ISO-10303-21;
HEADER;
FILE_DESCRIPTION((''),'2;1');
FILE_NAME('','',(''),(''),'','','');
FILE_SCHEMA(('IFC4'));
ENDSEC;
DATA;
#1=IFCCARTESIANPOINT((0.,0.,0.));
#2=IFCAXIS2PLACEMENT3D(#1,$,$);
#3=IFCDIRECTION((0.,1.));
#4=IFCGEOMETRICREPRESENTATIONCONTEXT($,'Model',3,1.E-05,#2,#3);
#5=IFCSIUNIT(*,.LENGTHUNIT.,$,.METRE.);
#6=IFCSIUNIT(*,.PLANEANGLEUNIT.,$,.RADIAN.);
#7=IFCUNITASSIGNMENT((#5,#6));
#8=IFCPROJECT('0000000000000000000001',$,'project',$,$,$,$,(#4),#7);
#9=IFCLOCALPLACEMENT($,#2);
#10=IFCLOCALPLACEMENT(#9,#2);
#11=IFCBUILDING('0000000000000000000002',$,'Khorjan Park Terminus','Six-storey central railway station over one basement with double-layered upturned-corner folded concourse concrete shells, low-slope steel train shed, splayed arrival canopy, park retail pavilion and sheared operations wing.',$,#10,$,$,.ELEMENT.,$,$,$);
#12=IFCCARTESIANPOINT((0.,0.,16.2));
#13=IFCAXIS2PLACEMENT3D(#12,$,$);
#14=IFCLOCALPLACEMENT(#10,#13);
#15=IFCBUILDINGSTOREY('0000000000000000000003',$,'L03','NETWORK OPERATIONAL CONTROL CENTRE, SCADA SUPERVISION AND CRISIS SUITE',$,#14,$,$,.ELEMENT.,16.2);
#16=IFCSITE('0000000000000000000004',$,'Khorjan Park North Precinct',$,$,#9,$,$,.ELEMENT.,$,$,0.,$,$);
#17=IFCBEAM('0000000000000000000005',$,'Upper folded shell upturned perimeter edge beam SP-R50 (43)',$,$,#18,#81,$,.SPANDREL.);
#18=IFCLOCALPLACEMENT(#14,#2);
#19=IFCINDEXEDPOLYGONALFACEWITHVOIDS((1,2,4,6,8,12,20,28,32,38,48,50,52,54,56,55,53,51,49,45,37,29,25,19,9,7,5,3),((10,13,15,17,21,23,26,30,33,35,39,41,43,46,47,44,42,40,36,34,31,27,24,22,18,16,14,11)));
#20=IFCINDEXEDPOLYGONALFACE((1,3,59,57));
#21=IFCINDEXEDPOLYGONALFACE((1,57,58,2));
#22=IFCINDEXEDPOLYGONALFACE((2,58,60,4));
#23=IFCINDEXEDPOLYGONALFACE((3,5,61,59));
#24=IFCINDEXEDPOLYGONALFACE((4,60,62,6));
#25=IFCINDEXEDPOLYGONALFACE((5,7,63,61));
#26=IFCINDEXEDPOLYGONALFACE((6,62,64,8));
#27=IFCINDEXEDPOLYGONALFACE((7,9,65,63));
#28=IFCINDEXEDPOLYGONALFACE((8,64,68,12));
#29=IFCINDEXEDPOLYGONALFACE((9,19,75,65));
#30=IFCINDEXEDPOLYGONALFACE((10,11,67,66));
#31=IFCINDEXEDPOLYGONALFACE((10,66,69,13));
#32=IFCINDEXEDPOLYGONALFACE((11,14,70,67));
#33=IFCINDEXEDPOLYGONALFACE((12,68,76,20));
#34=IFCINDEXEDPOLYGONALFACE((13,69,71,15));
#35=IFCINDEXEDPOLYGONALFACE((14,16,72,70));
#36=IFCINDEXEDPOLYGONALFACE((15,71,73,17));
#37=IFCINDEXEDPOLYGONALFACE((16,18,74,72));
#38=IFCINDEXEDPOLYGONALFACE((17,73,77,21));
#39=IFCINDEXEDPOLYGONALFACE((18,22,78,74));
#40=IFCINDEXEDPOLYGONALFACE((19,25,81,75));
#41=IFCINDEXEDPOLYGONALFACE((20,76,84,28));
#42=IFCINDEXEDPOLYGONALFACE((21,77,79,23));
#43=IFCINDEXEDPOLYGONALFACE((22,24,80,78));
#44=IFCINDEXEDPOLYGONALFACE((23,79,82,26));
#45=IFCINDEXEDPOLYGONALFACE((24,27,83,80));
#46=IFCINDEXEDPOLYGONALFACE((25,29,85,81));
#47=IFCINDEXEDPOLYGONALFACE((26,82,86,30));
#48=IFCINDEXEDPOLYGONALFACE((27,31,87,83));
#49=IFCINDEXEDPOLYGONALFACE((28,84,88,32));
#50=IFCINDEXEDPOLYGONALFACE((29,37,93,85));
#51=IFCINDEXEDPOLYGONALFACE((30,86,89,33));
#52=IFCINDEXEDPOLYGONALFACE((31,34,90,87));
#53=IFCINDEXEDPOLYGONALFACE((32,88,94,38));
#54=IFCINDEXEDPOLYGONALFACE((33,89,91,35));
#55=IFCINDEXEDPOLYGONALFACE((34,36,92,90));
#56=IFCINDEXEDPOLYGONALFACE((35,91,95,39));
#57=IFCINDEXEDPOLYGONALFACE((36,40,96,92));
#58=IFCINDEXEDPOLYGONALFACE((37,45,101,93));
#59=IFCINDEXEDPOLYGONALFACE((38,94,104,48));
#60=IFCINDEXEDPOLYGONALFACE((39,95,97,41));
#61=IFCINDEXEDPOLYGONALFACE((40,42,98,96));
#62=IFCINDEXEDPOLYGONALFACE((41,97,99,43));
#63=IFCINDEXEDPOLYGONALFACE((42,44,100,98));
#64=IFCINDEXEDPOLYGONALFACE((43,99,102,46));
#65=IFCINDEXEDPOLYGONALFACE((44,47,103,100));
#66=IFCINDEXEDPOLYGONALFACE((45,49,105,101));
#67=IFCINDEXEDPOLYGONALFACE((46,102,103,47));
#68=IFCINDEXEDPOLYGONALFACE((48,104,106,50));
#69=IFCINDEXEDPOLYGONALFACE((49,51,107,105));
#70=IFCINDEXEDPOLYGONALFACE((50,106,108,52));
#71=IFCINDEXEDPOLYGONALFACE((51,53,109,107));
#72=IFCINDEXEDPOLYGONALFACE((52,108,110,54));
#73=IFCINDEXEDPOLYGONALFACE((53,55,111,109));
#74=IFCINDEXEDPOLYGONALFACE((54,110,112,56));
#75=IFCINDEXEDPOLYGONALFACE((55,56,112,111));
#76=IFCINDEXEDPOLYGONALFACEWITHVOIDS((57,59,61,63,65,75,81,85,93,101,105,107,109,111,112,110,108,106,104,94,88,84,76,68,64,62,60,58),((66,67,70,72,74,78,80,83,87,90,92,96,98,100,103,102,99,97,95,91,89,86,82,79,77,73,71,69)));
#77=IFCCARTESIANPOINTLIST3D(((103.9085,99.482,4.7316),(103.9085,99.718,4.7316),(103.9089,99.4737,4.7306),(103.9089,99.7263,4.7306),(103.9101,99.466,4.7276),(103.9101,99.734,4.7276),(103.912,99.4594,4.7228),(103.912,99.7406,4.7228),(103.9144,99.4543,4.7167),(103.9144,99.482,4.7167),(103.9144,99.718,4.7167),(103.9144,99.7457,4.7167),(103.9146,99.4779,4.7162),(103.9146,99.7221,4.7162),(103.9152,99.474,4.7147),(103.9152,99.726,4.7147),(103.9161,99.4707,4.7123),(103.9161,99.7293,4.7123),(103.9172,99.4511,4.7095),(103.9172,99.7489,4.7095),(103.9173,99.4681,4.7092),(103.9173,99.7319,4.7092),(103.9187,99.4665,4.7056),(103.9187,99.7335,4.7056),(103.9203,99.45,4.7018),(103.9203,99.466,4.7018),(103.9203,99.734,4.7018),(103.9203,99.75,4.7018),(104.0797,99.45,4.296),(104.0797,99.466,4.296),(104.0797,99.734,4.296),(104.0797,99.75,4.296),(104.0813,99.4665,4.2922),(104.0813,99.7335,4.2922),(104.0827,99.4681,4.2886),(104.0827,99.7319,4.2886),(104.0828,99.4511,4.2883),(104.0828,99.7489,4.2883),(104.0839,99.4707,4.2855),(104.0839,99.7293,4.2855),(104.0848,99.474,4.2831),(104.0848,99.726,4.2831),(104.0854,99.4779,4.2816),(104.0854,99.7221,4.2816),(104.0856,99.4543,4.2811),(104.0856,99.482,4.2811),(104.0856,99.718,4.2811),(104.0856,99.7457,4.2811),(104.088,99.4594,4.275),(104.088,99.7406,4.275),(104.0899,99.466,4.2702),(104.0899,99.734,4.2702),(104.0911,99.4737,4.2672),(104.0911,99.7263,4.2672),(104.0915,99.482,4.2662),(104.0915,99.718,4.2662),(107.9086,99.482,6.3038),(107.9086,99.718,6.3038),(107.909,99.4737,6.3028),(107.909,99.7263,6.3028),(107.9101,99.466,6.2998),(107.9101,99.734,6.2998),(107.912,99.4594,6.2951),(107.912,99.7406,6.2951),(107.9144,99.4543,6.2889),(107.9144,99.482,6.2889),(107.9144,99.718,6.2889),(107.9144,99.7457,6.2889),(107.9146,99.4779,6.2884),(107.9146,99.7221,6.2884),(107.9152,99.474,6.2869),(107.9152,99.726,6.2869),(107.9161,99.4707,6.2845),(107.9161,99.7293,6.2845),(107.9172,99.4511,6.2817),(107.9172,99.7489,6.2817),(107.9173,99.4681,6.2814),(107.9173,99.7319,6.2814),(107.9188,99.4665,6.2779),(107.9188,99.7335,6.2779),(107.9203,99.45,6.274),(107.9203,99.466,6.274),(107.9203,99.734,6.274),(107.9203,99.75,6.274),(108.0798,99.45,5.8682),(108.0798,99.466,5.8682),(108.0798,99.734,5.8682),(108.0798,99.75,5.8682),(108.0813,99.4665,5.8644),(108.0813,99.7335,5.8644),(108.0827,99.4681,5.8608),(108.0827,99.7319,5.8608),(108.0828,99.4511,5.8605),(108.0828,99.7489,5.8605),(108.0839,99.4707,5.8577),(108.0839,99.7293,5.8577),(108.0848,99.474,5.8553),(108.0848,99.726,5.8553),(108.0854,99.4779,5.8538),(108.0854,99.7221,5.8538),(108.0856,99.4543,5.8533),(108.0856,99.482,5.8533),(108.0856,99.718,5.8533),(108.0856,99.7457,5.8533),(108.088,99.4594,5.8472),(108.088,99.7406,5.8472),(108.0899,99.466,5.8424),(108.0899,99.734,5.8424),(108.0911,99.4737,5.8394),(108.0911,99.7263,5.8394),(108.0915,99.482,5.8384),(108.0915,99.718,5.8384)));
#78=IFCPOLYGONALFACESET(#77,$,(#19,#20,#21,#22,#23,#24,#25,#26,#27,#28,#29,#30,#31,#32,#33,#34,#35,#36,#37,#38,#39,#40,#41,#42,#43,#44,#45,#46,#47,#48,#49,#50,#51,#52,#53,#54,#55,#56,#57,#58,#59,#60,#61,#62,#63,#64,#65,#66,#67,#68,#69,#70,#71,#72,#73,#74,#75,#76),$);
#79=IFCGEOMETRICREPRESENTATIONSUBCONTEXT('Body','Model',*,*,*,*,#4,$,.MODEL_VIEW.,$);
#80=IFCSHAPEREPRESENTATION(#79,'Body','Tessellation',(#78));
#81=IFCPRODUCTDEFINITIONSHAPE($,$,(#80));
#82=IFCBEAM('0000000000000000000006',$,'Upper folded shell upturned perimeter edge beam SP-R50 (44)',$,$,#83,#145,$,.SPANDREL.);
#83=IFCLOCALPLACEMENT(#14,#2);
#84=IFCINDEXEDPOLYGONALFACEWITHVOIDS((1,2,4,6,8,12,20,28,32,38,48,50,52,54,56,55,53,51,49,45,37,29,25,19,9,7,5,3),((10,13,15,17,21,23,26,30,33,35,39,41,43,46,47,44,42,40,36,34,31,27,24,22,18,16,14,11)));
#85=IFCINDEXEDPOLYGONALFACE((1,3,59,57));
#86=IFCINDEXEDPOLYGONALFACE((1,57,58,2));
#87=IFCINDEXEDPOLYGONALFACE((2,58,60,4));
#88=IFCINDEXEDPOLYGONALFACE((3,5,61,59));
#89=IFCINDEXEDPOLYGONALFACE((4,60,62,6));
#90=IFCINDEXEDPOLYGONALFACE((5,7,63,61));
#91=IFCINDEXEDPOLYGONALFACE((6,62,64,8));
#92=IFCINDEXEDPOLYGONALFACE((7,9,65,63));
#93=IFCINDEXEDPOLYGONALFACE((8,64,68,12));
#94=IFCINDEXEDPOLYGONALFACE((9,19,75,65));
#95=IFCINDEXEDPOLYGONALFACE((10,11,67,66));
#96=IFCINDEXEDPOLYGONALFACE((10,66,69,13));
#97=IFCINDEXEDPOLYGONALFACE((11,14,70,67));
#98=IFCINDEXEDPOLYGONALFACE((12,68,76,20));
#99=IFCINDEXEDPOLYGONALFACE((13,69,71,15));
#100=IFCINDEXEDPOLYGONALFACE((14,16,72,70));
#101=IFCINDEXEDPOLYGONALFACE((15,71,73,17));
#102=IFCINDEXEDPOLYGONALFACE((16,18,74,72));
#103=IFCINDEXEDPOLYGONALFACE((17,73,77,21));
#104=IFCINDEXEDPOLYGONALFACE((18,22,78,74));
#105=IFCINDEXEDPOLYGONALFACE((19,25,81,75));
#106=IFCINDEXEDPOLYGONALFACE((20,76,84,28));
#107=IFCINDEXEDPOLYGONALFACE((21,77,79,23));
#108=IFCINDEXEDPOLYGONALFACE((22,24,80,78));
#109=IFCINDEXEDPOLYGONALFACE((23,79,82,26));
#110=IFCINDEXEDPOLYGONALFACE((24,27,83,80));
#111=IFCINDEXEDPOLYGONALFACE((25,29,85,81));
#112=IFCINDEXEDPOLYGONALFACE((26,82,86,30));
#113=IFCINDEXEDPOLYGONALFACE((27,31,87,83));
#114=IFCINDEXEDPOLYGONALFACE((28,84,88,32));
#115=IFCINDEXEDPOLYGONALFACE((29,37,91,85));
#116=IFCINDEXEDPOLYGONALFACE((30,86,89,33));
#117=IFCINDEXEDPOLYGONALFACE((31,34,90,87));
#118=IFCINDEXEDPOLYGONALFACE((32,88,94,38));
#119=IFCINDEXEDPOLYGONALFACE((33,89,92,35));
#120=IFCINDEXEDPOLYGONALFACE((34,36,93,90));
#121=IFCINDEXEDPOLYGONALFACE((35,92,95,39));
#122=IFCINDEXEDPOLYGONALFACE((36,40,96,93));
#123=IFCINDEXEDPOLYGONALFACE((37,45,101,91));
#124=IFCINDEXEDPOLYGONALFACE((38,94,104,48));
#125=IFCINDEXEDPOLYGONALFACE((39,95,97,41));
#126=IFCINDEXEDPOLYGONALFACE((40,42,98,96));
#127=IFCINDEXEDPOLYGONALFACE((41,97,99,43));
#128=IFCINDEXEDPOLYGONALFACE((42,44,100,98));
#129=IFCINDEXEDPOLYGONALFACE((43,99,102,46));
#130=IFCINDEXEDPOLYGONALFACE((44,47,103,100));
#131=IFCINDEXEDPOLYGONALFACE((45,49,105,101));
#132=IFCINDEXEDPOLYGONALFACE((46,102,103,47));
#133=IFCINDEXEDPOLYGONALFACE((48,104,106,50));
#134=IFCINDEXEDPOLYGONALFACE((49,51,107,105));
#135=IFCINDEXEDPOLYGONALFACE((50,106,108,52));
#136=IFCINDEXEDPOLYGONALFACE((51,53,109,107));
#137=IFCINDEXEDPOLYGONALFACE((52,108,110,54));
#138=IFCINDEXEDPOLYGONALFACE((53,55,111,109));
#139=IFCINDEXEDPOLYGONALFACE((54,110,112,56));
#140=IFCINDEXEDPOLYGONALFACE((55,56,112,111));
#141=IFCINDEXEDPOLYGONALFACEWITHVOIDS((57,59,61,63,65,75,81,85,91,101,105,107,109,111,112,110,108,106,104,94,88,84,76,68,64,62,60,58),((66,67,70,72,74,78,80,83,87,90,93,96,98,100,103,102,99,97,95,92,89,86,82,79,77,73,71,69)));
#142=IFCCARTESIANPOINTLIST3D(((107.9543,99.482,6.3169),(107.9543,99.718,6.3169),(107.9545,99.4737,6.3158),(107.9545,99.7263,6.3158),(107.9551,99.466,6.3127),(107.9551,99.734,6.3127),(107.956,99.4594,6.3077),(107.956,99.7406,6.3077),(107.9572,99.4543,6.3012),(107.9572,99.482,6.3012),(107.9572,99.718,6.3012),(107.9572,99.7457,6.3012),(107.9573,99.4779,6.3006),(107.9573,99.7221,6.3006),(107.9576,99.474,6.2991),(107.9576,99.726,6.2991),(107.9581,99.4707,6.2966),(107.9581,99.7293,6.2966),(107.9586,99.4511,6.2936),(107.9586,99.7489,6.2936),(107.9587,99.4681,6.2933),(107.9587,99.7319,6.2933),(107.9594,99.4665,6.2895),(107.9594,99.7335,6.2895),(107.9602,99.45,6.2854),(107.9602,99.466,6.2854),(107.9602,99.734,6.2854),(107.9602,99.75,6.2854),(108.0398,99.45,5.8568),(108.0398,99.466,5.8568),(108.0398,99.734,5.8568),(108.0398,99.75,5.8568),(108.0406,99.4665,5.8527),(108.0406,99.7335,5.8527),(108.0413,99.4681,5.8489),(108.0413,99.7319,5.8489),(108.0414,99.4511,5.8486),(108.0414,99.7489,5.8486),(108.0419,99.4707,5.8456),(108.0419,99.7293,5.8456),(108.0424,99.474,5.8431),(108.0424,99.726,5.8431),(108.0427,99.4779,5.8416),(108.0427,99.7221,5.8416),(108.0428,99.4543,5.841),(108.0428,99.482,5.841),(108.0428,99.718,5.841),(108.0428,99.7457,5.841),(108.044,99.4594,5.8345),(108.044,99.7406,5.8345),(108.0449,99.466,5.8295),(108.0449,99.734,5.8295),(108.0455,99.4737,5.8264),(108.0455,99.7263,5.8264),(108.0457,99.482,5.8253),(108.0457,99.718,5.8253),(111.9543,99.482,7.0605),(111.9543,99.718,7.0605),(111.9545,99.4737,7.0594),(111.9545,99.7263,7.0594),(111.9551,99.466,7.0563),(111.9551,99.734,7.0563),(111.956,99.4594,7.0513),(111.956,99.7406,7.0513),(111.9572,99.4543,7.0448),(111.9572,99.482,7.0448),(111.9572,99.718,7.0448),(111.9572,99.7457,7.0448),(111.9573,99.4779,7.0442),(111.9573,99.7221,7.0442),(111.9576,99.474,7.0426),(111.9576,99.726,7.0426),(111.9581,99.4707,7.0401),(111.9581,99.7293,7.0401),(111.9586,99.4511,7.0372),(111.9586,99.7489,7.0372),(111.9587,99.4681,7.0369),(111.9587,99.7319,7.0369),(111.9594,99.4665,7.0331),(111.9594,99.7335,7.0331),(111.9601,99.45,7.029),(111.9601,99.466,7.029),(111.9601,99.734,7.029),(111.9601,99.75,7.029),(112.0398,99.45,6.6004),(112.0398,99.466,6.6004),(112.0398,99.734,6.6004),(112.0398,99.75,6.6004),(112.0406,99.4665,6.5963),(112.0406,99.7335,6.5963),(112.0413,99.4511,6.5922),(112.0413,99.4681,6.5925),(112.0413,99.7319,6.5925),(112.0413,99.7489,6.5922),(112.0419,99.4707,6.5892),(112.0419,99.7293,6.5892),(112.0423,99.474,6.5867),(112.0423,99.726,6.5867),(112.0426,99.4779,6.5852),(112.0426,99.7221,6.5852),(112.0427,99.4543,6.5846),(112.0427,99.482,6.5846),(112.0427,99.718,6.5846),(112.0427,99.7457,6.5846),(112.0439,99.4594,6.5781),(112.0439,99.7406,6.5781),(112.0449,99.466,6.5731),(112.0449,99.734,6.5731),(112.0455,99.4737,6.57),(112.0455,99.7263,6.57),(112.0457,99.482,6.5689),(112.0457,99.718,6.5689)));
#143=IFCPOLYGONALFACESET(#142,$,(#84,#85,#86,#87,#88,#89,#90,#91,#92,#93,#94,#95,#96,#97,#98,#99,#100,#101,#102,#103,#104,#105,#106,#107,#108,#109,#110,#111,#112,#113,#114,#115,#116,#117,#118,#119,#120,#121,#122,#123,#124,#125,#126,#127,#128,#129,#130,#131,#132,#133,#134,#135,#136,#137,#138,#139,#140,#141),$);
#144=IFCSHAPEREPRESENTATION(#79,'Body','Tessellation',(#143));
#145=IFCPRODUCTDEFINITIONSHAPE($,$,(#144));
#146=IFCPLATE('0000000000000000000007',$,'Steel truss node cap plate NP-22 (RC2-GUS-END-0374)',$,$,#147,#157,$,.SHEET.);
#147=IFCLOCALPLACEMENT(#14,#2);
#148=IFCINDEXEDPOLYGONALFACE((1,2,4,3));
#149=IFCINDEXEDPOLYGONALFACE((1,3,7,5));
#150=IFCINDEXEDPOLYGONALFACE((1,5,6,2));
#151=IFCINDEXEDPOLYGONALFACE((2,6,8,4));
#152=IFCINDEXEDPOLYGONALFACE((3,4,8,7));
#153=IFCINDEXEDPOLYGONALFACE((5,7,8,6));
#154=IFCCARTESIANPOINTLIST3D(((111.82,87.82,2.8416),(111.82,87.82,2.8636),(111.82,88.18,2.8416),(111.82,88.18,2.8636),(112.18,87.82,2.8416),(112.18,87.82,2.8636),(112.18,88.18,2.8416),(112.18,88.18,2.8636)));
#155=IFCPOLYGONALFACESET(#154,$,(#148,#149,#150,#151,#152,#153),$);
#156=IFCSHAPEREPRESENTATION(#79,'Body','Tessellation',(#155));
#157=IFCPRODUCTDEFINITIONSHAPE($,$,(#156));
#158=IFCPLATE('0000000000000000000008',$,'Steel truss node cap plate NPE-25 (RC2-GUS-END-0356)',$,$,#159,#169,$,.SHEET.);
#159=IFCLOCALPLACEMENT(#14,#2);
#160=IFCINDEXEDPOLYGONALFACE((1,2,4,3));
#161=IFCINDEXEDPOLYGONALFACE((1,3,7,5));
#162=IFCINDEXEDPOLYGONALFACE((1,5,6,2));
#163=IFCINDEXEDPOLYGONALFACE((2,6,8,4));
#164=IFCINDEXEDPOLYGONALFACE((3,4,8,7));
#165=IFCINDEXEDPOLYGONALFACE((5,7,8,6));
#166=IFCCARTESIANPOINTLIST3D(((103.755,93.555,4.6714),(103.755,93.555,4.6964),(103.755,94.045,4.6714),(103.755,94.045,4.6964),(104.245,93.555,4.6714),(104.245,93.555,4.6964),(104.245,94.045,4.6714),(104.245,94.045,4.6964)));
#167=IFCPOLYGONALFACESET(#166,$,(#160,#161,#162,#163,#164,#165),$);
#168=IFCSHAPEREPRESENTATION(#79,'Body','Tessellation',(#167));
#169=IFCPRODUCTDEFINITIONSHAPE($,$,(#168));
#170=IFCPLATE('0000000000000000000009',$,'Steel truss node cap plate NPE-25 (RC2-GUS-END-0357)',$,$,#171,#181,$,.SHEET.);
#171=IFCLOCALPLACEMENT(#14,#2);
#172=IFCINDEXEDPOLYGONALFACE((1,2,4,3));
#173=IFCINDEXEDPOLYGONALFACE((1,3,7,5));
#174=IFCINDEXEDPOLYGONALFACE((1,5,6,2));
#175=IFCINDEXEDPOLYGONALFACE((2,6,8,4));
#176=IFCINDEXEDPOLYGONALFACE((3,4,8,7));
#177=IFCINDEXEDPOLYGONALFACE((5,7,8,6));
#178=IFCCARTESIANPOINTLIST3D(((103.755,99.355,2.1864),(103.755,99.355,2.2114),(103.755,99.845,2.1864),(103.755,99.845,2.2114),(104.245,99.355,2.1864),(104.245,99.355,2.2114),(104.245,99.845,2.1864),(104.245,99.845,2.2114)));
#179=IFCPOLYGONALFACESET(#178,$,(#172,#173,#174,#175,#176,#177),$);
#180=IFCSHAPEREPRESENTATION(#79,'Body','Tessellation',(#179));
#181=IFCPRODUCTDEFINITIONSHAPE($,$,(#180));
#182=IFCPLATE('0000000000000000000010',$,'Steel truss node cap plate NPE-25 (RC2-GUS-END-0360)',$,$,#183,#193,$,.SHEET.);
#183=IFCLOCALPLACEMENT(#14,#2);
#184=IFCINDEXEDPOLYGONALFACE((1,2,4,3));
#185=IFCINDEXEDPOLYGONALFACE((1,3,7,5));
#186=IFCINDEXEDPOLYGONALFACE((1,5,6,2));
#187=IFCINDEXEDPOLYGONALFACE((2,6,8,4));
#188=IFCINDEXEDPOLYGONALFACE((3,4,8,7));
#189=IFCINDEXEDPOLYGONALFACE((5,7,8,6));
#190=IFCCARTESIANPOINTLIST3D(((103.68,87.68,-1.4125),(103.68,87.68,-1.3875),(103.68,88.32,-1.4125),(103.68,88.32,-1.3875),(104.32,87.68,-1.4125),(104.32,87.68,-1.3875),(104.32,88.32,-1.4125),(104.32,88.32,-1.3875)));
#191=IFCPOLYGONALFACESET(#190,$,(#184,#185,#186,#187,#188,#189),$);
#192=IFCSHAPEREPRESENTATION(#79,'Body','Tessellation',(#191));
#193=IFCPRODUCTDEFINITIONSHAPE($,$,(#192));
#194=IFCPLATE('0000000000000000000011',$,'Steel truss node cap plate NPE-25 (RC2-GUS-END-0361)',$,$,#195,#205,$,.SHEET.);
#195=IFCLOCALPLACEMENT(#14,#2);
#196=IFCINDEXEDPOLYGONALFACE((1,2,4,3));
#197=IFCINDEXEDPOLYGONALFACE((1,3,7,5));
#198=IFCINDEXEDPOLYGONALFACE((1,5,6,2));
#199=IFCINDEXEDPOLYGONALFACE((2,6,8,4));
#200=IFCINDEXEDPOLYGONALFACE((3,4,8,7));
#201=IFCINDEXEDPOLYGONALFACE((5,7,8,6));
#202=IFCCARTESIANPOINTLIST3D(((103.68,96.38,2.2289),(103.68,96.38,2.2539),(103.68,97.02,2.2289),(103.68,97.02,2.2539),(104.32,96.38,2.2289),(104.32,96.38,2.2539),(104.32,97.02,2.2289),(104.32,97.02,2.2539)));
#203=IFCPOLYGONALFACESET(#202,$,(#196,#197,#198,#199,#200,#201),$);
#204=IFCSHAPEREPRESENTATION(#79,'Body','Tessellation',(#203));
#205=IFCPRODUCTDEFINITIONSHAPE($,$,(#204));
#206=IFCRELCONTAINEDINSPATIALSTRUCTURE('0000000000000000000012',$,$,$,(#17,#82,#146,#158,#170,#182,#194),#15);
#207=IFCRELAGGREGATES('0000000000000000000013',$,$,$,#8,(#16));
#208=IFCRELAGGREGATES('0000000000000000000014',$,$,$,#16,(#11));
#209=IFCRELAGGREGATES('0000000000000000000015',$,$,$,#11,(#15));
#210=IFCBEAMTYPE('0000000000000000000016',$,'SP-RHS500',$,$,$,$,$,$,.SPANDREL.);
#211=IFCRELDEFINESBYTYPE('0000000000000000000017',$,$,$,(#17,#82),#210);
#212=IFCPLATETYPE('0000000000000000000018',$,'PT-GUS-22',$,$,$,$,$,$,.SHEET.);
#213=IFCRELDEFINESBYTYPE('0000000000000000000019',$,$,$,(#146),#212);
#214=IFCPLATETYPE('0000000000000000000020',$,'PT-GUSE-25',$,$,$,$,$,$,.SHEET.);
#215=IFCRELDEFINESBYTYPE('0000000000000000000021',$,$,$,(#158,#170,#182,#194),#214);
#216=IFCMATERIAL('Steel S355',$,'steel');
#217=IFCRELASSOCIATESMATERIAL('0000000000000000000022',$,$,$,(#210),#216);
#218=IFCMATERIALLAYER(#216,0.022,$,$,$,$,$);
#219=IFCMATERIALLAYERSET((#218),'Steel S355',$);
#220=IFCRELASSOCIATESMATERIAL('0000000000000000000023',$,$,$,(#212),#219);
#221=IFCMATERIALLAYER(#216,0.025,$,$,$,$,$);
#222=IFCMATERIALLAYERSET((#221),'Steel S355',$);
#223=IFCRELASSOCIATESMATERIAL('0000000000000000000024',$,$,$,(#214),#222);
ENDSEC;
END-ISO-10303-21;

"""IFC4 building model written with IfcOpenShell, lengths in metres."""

from ifc_helpers import new_model, si_unit, direction, frame, origin, origin_2d, place, context, subcontext, project, spatial, rectangle, hollow_rectangle, extrude, material, layer, layer_set, material_profile, profile_set, type_object, element, save


model = new_model("IFC4")

# Units and contexts
model_context = context("Model", 3, precision=1e-05, world=origin(), true_north=direction((0.0, 1.0)))
body_context = subcontext(model_context, "Body", "Model", "MODEL_VIEW")
ifc_project = project(units=[si_unit("LENGTHUNIT", "METRE"), si_unit("PLANEANGLEUNIT", "RADIAN")], contexts=[model_context])

# Site, building, storey
site_placement = place(None, origin())
site = spatial("IfcSite", under=ifc_project, at=site_placement, Name="Khorjan Park North Precinct", CompositionType="ELEMENT", RefElevation=0.0)
building_placement = place(site_placement, origin())
building = spatial("IfcBuilding", under=site, at=building_placement, Name="Khorjan Park Terminus", Description="Six-storey central railway station over one basement with double-layered upturned-corner folded concourse concrete shells, low-slope steel train shed, splayed arrival canopy, park retail pavilion and sheared operations wing.", CompositionType="ELEMENT")
storey_placement = place(building_placement, frame((0.0, 0.0, 16.2)))
storey = spatial("IfcBuildingStorey", under=building, at=storey_placement, Name="L03", Description="NETWORK OPERATIONAL CONTROL CENTRE, SCADA SUPERVISION AND CRISIS SUITE", CompositionType="ELEMENT", Elevation=16.2)

# Shared definitions
ifc_material_1 = material(Name="Steel S355", Category="steel")

# Beams
ifc_material_profile_1 = material_profile(ifc_material_1, hollow_rectangle(XDim=0.3, YDim=0.5, WallThickness=0.016, InnerFilletRadius=0.016, OuterFilletRadius=0.032, at=origin_2d()), Name="RHS 500x300x16")
ifc_profile_set_1 = profile_set([ifc_material_profile_1], Name="Steel S355")
beam_type_1 = type_object("IfcBeamType", Name="SP-RHS500", PredefinedType="SPANDREL", material=ifc_profile_set_1)
beam_1_placement = place(storey_placement, frame((104.0, 99.6, 4.4989), z_axis=(0.93069, 0.0, 0.365808), x_axis=(0.0, 1.0, 0.0)))
element("IfcBeam", 1, at=beam_1_placement, inside=storey, type_object=beam_type_1, Name="Upper folded shell upturned perimeter edge beam SP-R50 (43)", PredefinedType="SPANDREL", context=body_context, shape_type="SweptSolid", body=[
    extrude(hollow_rectangle(XDim=0.3, YDim=0.5, WallThickness=0.016, InnerFilletRadius=0.016, OuterFilletRadius=0.032, at=origin_2d()), origin(), (0.0, 0.0, 1.0), 4.2979),
])
beam_2_placement = place(storey_placement, frame((108.0, 99.6, 6.0711), z_axis=(0.983156, 0.0, 0.182769), x_axis=(0.0, 1.0, 0.0)))
element("IfcBeam", 2, at=beam_2_placement, inside=storey, type_object=beam_type_1, Name="Upper folded shell upturned perimeter edge beam SP-R50 (44)", PredefinedType="SPANDREL", context=body_context, shape_type="SweptSolid", body=[
    extrude(hollow_rectangle(XDim=0.3, YDim=0.5, WallThickness=0.016, InnerFilletRadius=0.016, OuterFilletRadius=0.032, at=origin_2d()), origin(), (0.0, 0.0, 1.0), 4.0685),
])

# Plates
ifc_layer_1 = layer(ifc_material_1, 0.022)
ifc_layer_set_1 = layer_set([ifc_layer_1], Name="Steel S355")
plate_type_1 = type_object("IfcPlateType", Name="PT-GUS-22", PredefinedType="SHEET", material=ifc_layer_set_1)
plate_1_placement = place(storey_placement, frame((112.0, 88.0, 2.8416), z_axis=(0.0, 0.0, 1.0), x_axis=(1.0, 0.0, 0.0)))
element("IfcPlate", 3, at=plate_1_placement, inside=storey, type_object=plate_type_1, Name="Steel truss node cap plate NP-22 (RC2-GUS-END-0374)", PredefinedType="SHEET", context=body_context, shape_type="SweptSolid", body=[
    extrude(rectangle(XDim=0.36, YDim=0.36, at=origin_2d()), origin(), (0.0, 0.0, 1.0), 0.022),
])
ifc_layer_2 = layer(ifc_material_1, 0.025)
ifc_layer_set_2 = layer_set([ifc_layer_2], Name="Steel S355")
plate_type_2 = type_object("IfcPlateType", Name="PT-GUSE-25", PredefinedType="SHEET", material=ifc_layer_set_2)
for number, where, z_axis, x_axis, name in (
    (4, (104.0, 93.8, 4.6714), (0.0, 0.0, 1.0), (1.0, 0.0, 0.0), "Steel truss node cap plate NPE-25 (RC2-GUS-END-0356)"),
    (5, (104.0, 99.6, 2.1864), (0.0, 0.0, 1.0), (1.0, 0.0, 0.0), "Steel truss node cap plate NPE-25 (RC2-GUS-END-0357)"),
):
    element("IfcPlate", number, at=place(storey_placement, frame(where, z_axis=z_axis, x_axis=x_axis)), inside=storey, type_object=plate_type_2, Name=name, PredefinedType="SHEET", context=body_context, shape_type="SweptSolid", body=[
        extrude(rectangle(XDim=0.49, YDim=0.49, at=origin_2d()), origin(), (0.0, 0.0, 1.0), 0.025),
    ])
for number, where, z_axis, x_axis, name in (
    (6, (104.0, 88.0, -1.4125), (0.0, 0.0, 1.0), (1.0, 0.0, 0.0), "Steel truss node cap plate NPE-25 (RC2-GUS-END-0360)"),
    (7, (104.0, 96.7, 2.2289), (0.0, 0.0, 1.0), (1.0, 0.0, 0.0), "Steel truss node cap plate NPE-25 (RC2-GUS-END-0361)"),
):
    element("IfcPlate", number, at=place(storey_placement, frame(where, z_axis=z_axis, x_axis=x_axis)), inside=storey, type_object=plate_type_2, Name=name, PredefinedType="SHEET", context=body_context, shape_type="SweptSolid", body=[
        extrude(rectangle(XDim=0.64, YDim=0.64, at=origin_2d()), origin(), (0.0, 0.0, 1.0), 0.025),
    ])

save(model, "model.ifc")
